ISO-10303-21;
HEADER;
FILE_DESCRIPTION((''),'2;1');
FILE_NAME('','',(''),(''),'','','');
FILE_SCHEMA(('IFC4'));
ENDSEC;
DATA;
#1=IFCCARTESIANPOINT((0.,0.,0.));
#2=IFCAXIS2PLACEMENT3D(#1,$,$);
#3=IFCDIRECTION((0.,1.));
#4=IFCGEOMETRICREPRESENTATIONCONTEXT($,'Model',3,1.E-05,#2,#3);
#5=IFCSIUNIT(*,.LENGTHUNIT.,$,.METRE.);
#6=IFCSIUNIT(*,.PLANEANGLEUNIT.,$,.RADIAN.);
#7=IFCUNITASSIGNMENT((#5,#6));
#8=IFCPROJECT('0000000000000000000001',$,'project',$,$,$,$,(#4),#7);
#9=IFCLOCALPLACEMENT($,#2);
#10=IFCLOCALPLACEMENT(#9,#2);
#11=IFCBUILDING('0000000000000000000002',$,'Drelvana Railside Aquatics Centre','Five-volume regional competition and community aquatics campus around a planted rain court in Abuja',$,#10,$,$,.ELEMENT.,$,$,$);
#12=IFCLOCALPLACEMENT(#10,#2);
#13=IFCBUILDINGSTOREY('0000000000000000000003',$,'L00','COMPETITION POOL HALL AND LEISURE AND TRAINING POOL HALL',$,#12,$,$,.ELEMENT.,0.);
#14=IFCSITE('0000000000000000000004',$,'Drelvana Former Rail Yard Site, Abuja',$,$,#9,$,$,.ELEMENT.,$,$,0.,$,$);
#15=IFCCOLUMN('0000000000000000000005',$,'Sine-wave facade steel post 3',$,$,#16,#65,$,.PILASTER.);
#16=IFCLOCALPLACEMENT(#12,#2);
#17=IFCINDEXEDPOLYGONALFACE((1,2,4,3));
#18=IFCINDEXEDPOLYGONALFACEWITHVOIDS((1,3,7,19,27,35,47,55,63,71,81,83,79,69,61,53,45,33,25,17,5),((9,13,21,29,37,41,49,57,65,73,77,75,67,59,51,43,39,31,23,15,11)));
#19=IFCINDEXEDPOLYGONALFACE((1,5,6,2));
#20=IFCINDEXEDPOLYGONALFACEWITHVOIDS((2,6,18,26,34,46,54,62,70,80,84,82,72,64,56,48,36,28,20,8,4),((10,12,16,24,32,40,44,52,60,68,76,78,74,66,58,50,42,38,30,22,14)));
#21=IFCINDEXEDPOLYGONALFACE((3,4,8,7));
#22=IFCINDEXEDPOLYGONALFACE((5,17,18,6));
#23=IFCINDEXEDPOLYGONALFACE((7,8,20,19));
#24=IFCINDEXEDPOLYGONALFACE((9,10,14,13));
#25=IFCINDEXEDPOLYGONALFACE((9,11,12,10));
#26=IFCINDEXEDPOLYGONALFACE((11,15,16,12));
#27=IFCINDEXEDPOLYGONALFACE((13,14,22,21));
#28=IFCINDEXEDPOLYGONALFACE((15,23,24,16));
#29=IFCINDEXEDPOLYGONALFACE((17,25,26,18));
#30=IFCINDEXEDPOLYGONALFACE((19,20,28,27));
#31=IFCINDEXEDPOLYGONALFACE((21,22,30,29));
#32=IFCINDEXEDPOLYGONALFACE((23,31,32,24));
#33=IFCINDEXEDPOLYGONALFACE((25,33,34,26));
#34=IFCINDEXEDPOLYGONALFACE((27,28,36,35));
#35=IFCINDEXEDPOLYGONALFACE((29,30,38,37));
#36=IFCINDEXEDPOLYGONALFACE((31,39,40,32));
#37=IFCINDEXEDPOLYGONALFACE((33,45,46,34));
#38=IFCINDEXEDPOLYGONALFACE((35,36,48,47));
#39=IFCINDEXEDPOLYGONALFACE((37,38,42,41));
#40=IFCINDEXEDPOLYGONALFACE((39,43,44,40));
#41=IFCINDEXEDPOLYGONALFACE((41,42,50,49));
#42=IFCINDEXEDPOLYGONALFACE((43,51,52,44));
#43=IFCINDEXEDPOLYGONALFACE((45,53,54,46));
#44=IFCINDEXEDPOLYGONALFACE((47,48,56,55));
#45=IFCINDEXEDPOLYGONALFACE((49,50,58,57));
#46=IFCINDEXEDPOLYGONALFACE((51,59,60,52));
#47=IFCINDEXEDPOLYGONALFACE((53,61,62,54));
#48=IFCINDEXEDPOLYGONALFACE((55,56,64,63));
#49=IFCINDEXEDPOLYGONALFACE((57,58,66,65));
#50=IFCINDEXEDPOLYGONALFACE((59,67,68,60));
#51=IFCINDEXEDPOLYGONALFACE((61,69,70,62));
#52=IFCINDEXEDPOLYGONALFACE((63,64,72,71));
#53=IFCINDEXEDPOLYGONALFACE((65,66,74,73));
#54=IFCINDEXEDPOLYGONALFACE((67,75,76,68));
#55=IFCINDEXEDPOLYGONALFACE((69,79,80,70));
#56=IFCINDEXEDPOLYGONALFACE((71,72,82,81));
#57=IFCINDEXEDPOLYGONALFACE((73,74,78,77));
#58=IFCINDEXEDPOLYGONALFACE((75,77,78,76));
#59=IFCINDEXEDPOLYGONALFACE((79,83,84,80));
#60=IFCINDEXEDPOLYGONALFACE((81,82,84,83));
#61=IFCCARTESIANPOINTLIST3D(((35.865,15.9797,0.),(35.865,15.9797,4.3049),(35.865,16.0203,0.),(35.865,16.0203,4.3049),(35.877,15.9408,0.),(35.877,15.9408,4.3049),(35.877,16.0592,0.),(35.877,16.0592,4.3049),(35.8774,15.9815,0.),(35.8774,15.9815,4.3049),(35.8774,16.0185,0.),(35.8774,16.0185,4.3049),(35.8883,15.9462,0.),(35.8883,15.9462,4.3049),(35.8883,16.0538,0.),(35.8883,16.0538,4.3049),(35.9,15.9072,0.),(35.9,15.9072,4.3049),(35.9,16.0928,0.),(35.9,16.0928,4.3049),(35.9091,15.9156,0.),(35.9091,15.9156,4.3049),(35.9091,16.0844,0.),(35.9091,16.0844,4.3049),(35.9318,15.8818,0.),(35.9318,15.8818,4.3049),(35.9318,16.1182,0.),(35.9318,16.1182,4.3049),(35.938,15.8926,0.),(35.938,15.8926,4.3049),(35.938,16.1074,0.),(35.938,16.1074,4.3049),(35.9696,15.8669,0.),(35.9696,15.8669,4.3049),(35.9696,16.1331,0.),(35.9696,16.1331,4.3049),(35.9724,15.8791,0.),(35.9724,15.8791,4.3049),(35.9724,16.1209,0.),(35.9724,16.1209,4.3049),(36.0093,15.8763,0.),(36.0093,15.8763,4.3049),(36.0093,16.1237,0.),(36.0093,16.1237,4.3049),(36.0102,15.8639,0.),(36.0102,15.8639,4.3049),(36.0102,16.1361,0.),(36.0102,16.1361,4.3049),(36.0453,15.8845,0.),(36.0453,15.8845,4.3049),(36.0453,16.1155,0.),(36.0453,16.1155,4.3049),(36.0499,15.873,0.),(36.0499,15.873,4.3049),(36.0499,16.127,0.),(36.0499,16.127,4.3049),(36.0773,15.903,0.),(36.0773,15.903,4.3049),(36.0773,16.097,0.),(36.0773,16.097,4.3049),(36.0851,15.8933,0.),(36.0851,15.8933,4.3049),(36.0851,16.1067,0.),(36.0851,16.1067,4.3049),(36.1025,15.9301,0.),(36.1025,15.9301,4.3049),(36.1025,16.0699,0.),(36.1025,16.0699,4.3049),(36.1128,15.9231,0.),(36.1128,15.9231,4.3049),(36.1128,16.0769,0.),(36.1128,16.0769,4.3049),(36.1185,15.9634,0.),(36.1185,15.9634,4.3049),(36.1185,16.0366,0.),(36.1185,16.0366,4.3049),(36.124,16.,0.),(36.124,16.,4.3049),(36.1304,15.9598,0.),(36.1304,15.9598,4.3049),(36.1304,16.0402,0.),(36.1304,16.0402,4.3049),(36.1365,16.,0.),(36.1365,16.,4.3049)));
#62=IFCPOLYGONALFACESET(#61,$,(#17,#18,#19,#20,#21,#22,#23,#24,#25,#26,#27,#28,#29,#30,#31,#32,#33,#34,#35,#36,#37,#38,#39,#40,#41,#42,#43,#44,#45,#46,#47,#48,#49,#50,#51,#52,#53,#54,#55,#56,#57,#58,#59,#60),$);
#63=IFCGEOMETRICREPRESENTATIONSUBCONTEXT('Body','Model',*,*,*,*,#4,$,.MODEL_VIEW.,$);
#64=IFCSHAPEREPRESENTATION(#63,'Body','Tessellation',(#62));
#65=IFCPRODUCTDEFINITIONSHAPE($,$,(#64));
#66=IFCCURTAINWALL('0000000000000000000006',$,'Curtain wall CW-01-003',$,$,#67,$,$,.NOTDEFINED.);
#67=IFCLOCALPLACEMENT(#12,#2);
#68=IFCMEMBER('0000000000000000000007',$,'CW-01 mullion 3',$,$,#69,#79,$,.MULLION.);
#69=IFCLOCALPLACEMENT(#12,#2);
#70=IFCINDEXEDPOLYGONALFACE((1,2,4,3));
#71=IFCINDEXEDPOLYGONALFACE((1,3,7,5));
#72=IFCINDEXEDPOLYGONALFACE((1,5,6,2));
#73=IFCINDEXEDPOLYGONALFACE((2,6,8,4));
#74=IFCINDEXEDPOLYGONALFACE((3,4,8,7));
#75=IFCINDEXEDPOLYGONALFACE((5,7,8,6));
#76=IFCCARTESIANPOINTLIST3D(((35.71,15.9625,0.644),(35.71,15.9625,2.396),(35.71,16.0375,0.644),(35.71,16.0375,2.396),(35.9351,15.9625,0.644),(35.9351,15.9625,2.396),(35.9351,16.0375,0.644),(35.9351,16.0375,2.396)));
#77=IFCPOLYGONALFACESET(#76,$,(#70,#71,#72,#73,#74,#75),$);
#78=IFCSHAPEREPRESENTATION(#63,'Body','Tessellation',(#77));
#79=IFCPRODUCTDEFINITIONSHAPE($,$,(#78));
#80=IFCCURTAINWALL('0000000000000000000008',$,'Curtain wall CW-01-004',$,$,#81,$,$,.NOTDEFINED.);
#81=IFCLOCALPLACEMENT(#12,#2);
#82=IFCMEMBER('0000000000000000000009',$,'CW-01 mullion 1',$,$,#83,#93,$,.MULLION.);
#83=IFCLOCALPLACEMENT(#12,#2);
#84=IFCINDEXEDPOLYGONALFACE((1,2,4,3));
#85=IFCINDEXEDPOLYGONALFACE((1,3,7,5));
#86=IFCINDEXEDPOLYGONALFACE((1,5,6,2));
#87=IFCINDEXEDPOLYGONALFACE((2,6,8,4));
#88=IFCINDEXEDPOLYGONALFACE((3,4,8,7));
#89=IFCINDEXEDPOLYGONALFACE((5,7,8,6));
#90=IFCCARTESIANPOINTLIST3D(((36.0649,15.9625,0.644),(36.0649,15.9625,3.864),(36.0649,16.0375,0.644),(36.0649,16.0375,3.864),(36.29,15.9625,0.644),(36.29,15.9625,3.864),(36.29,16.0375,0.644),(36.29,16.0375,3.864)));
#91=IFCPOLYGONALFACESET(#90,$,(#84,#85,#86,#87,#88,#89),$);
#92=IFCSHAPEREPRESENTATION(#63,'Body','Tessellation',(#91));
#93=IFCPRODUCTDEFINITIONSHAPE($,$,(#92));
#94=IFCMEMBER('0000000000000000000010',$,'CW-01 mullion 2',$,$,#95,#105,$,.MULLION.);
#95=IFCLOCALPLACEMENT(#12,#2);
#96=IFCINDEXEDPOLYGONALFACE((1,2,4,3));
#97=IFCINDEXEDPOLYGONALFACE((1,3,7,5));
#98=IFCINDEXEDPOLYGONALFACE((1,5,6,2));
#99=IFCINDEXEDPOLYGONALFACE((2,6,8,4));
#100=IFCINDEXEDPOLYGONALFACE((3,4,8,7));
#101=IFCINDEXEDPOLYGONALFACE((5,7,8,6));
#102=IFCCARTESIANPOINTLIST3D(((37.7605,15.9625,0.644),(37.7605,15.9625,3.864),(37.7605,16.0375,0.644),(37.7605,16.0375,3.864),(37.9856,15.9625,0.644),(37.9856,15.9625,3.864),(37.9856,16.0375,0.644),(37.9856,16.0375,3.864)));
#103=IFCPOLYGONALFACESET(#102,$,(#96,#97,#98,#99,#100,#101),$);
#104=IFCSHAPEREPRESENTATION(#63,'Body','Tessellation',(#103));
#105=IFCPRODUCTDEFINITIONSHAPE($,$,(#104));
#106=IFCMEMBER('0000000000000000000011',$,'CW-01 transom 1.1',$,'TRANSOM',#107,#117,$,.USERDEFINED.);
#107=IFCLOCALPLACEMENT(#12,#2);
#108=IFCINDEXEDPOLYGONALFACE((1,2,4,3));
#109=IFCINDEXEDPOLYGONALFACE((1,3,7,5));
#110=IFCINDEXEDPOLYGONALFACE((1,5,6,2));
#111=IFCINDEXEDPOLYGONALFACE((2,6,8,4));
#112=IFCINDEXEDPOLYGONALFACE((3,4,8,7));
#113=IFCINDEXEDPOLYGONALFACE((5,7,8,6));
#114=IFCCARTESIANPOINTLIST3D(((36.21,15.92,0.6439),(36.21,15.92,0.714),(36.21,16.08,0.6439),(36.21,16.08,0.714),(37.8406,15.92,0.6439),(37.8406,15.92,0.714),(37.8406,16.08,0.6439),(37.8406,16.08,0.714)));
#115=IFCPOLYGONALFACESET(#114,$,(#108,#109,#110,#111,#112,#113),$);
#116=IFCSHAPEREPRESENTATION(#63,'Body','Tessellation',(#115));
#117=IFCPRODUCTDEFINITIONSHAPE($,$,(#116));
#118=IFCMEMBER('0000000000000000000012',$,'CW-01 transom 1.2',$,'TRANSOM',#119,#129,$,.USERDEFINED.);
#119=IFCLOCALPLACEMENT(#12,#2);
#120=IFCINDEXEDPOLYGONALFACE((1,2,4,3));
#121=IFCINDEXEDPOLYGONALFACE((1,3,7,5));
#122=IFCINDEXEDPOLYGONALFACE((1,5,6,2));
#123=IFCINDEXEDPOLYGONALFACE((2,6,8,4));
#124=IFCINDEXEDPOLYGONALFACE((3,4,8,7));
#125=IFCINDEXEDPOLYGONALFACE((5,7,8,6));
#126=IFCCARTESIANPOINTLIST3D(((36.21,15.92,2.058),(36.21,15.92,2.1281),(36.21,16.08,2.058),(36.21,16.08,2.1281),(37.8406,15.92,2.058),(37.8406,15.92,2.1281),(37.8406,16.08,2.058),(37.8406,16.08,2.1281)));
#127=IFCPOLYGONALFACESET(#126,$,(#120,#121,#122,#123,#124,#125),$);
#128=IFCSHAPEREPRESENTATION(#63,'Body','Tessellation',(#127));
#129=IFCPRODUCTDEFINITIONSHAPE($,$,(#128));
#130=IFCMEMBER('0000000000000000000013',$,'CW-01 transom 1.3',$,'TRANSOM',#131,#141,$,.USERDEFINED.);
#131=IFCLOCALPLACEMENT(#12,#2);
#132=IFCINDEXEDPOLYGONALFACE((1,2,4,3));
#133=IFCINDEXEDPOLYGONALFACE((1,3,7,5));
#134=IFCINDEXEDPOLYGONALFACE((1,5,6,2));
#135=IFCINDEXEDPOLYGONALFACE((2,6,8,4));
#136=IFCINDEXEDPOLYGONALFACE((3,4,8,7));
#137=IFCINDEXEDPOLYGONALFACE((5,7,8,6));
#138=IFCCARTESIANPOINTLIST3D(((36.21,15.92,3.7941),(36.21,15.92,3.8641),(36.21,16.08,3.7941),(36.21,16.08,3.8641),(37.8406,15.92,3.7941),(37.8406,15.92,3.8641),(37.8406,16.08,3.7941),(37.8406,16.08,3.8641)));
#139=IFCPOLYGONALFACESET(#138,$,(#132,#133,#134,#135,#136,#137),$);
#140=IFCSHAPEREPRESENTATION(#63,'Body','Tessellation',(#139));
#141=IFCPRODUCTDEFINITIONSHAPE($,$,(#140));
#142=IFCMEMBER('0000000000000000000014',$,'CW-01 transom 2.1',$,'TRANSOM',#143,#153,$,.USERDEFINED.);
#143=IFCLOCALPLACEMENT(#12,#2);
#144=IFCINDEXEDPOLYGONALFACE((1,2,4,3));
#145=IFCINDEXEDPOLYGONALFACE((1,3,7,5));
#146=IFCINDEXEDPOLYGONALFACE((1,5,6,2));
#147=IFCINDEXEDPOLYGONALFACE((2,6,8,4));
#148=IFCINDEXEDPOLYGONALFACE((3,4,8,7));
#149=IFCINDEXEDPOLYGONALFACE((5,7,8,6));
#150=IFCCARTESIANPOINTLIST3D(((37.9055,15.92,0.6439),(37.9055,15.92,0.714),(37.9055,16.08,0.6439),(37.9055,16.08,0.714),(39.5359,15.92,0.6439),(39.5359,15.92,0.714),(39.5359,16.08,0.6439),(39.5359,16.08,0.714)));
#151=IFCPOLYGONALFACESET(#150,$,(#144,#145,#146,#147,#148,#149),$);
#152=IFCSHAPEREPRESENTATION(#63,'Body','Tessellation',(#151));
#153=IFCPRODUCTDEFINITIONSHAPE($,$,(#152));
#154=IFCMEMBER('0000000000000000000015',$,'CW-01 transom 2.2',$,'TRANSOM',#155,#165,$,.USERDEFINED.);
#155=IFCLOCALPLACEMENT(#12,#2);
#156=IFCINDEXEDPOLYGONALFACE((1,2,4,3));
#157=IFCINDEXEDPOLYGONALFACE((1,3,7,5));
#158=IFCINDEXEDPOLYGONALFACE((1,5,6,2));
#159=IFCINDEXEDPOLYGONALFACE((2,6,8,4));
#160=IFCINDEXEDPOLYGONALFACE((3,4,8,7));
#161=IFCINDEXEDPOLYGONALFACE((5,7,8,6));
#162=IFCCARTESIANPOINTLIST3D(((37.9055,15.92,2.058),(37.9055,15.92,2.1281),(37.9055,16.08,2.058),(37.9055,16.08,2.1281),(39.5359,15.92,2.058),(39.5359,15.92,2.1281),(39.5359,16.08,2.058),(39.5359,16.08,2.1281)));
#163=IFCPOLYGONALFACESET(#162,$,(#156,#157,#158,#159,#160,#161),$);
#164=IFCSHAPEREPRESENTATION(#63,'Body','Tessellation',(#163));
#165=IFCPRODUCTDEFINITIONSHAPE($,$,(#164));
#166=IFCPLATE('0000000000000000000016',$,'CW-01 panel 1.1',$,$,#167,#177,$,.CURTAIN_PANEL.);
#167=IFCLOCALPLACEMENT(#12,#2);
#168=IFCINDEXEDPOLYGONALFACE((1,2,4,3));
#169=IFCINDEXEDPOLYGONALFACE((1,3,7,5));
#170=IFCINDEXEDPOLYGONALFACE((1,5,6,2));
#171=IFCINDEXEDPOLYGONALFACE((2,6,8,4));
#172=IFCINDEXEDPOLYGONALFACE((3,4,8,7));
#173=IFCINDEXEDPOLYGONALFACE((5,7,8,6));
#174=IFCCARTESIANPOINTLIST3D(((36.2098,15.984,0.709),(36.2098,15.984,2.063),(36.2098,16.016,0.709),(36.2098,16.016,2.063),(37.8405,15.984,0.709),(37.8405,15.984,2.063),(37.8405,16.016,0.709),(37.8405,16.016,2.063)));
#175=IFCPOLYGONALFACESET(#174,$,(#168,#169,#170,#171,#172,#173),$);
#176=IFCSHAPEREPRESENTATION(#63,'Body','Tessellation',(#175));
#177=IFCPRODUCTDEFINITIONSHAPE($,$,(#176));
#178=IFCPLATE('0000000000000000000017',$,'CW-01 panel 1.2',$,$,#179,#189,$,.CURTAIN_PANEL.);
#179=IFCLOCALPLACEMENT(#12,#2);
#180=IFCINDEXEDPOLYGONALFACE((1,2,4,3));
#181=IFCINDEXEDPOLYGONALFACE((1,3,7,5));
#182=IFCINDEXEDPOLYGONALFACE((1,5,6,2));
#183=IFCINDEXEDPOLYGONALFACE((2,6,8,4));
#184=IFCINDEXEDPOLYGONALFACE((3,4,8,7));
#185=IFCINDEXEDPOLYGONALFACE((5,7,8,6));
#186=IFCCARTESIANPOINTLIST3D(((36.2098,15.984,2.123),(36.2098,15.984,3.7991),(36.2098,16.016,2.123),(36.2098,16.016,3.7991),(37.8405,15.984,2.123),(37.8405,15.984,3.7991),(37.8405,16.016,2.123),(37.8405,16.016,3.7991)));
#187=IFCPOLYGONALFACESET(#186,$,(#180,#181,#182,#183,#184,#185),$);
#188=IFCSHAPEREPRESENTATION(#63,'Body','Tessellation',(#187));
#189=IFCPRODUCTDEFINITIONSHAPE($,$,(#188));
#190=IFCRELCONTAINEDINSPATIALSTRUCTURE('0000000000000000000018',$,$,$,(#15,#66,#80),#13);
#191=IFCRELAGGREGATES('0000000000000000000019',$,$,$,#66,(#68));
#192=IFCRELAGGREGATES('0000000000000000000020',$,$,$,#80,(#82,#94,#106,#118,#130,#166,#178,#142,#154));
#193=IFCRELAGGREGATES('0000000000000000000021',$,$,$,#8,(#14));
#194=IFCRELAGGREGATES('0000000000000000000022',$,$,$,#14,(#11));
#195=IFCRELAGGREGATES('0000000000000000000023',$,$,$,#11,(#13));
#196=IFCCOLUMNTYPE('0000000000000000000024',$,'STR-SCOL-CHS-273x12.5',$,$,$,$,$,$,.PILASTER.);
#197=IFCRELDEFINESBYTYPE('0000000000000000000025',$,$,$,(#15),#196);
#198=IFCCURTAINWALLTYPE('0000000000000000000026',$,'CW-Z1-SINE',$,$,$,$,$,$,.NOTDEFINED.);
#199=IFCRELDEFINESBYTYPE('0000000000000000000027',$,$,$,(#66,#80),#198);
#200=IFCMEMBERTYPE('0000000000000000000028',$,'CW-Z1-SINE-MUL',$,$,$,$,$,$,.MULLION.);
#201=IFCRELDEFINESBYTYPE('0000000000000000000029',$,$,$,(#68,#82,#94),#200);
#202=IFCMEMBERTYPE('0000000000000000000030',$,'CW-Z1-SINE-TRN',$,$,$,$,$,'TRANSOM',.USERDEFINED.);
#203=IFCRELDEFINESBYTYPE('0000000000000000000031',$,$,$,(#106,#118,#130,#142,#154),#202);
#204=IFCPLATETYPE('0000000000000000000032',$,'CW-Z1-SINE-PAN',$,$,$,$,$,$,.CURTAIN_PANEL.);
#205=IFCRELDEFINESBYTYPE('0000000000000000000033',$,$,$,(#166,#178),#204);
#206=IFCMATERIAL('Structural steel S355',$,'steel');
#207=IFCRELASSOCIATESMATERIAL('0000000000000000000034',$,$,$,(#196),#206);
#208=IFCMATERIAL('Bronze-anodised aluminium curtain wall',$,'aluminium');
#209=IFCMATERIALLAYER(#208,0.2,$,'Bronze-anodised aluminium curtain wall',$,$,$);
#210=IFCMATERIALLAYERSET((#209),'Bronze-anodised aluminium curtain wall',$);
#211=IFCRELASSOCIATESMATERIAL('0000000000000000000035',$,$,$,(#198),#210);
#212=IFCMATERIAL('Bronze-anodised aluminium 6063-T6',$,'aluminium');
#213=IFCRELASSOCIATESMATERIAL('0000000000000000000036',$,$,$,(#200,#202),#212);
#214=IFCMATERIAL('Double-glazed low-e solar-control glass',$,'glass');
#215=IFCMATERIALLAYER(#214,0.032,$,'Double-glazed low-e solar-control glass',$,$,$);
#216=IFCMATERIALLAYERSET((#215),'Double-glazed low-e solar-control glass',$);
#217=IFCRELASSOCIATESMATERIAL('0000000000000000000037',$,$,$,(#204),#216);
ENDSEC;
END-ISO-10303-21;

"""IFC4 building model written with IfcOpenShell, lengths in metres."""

from ifc_helpers import new_model, si_unit, direction, frame, origin, origin_2d, place, context, subcontext, project, spatial, rectangle, hollow_circle, extrude, material, layer, layer_set, material_profile, profile_set, type_object, element, aggregate, save


model = new_model("IFC4")

# Units and contexts
model_context = context("Model", 3, precision=1e-05, world=origin(), true_north=direction((0.0, 1.0)))
body_context = subcontext(model_context, "Body", "Model", "MODEL_VIEW")
ifc_project = project(units=[si_unit("LENGTHUNIT", "METRE"), si_unit("PLANEANGLEUNIT", "RADIAN")], contexts=[model_context])

# Site, building, storey
site_placement = place(None, origin())
site = spatial("IfcSite", under=ifc_project, at=site_placement, Name="Drelvana Former Rail Yard Site, Abuja", CompositionType="ELEMENT", RefElevation=0.0)
building_placement = place(site_placement, origin())
building = spatial("IfcBuilding", under=site, at=building_placement, Name="Drelvana Railside Aquatics Centre", Description="Five-volume regional competition and community aquatics campus around a planted rain court in Abuja", CompositionType="ELEMENT")
storey_placement = place(building_placement, origin())
storey = spatial("IfcBuildingStorey", under=building, at=storey_placement, Name="L00", Description="COMPETITION POOL HALL AND LEISURE AND TRAINING POOL HALL", CompositionType="ELEMENT", Elevation=0.0)

# Column
ifc_material_1 = material(Name="Structural steel S355", Category="steel")
ifc_material_profile_1 = material_profile(ifc_material_1, hollow_circle(Radius=0.1365, WallThickness=0.0125, at=origin_2d()), Name="CHS 273x12.5")
ifc_profile_set_1 = profile_set([ifc_material_profile_1], Name="Structural steel S355")
column_type = type_object("IfcColumnType", Name="STR-SCOL-CHS-273x12.5", PredefinedType="PILASTER", material=ifc_profile_set_1)
column_placement = place(storey_placement, frame((36.0, 16.0, 0.0), z_axis=(0.0, 0.0, 1.0), x_axis=(1.0, 0.0, 0.0)))
element("IfcColumn", 1, at=column_placement, inside=storey, type_object=column_type, Name="Sine-wave facade steel post 3", PredefinedType="PILASTER", context=body_context, shape_type="SweptSolid", body=[
    extrude(hollow_circle(Radius=0.1365, WallThickness=0.0125, at=origin_2d()), origin(), (0.0, 0.0, 1.0), 4.3049),
])

# Curtain wall, member
ifc_material_2 = material(Name="Bronze-anodised aluminium curtain wall", Category="aluminium")
ifc_layer_1 = layer(ifc_material_2, 0.2, Name="Bronze-anodised aluminium curtain wall")
ifc_layer_set_1 = layer_set([ifc_layer_1], Name="Bronze-anodised aluminium curtain wall")
curtain_wall_type = type_object("IfcCurtainWallType", Name="CW-Z1-SINE", PredefinedType="NOTDEFINED", material=ifc_layer_set_1)
curtain_wall_1_placement = place(storey_placement, origin())
curtain_wall_1 = element("IfcCurtainWall", 2, at=curtain_wall_1_placement, inside=storey, type_object=curtain_wall_type, Name="Curtain wall CW-01-003", PredefinedType="NOTDEFINED")
ifc_material_3 = material(Name="Bronze-anodised aluminium 6063-T6", Category="aluminium")
ifc_material_profile_2 = material_profile(ifc_material_3, rectangle(XDim=0.075, YDim=0.2251, at=origin_2d()), Name="ALU-M 75x225")
ifc_profile_set_2 = profile_set([ifc_material_profile_2], Name="Bronze-anodised aluminium 6063-T6")
member_type_1 = type_object("IfcMemberType", Name="CW-Z1-SINE-MUL", PredefinedType="MULLION", material=ifc_profile_set_2)
member_1_placement = place(storey_placement, frame((35.8225, 16.0, 0.644), z_axis=(0.0, 0.0, 1.0), x_axis=(0.0, 1.0, 0.0)))
member_1 = element("IfcMember", 3, at=member_1_placement, type_object=member_type_1, Name="CW-01 mullion 3", PredefinedType="MULLION", context=body_context, shape_type="SweptSolid", body=[
    extrude(rectangle(XDim=0.075, YDim=0.2251, at=origin_2d()), origin(), (0.0, 0.0, 1.0), 1.752),
])
aggregate(curtain_wall_1, [member_1])

# Curtain wall, members, plates
curtain_wall_2_placement = place(storey_placement, origin())
curtain_wall_2 = element("IfcCurtainWall", 4, at=curtain_wall_2_placement, inside=storey, type_object=curtain_wall_type, Name="Curtain wall CW-01-004", PredefinedType="NOTDEFINED")
member_2_placement = place(storey_placement, frame((36.1775, 16.0, 0.644), z_axis=(0.0, 0.0, 1.0), x_axis=(0.0, 1.0, 0.0)))
member_2 = element("IfcMember", 5, at=member_2_placement, type_object=member_type_1, Name="CW-01 mullion 1", PredefinedType="MULLION", context=body_context, shape_type="SweptSolid", body=[
    extrude(rectangle(XDim=0.075, YDim=0.2251, at=origin_2d()), origin(), (0.0, 0.0, 1.0), 3.22),
])
member_3_placement = place(storey_placement, frame((37.873, 16.0, 0.644), z_axis=(0.0, 0.0, 1.0), x_axis=(0.0, 1.0, 0.0)))
member_3 = element("IfcMember", 6, at=member_3_placement, type_object=member_type_1, Name="CW-01 mullion 2", PredefinedType="MULLION", context=body_context, shape_type="SweptSolid", body=[
    extrude(rectangle(XDim=0.075, YDim=0.2251, at=origin_2d()), origin(), (0.0, 0.0, 1.0), 3.22),
])
ifc_material_profile_3 = material_profile(ifc_material_3, rectangle(XDim=0.1599, YDim=0.0701, at=origin_2d()), Name="ALU-T 70x160")
ifc_profile_set_3 = profile_set([ifc_material_profile_3], Name="Bronze-anodised aluminium 6063-T6")
member_type_2 = type_object("IfcMemberType", Name="CW-Z1-SINE-TRN", ElementType="TRANSOM", PredefinedType="USERDEFINED", material=ifc_profile_set_3)
member_4_placement = place(storey_placement, frame((36.21, 16.0, 0.679), z_axis=(1.0, 0.0, 0.0), x_axis=(0.0, 1.0, 0.0)))
member_4 = element("IfcMember", 7, at=member_4_placement, type_object=member_type_2, Name="CW-01 transom 1.1", ObjectType="TRANSOM", PredefinedType="USERDEFINED", context=body_context, shape_type="SweptSolid", body=[
    extrude(rectangle(XDim=0.1599, YDim=0.0701, at=origin_2d()), origin(), (0.0, 0.0, 1.0), 1.6306),
])
member_5_placement = place(storey_placement, frame((36.21, 16.0, 2.093), z_axis=(1.0, 0.0, 0.0), x_axis=(0.0, 1.0, 0.0)))
member_5 = element("IfcMember", 8, at=member_5_placement, type_object=member_type_2, Name="CW-01 transom 1.2", ObjectType="TRANSOM", PredefinedType="USERDEFINED", context=body_context, shape_type="SweptSolid", body=[
    extrude(rectangle(XDim=0.1599, YDim=0.0701, at=origin_2d()), origin(), (0.0, 0.0, 1.0), 1.6306),
])
member_6_placement = place(storey_placement, frame((36.21, 16.0, 3.8291), z_axis=(1.0, 0.0, 0.0), x_axis=(0.0, 1.0, 0.0)))
member_6 = element("IfcMember", 9, at=member_6_placement, type_object=member_type_2, Name="CW-01 transom 1.3", ObjectType="TRANSOM", PredefinedType="USERDEFINED", context=body_context, shape_type="SweptSolid", body=[
    extrude(rectangle(XDim=0.1599, YDim=0.0701, at=origin_2d()), origin(), (0.0, 0.0, 1.0), 1.6306),
])
member_7_placement = place(storey_placement, frame((37.9055, 16.0, 0.679), z_axis=(1.0, 0.0, 0.0), x_axis=(0.0, 1.0, 0.0)))
member_7 = element("IfcMember", 10, at=member_7_placement, type_object=member_type_2, Name="CW-01 transom 2.1", ObjectType="TRANSOM", PredefinedType="USERDEFINED", context=body_context, shape_type="SweptSolid", body=[
    extrude(rectangle(XDim=0.1599, YDim=0.0701, at=origin_2d()), origin(), (0.0, 0.0, 1.0), 1.6304),
])
member_8_placement = place(storey_placement, frame((37.9055, 16.0, 2.093), z_axis=(1.0, 0.0, 0.0), x_axis=(0.0, 1.0, 0.0)))
member_8 = element("IfcMember", 11, at=member_8_placement, type_object=member_type_2, Name="CW-01 transom 2.2", ObjectType="TRANSOM", PredefinedType="USERDEFINED", context=body_context, shape_type="SweptSolid", body=[
    extrude(rectangle(XDim=0.1599, YDim=0.0701, at=origin_2d()), origin(), (0.0, 0.0, 1.0), 1.6304),
])
ifc_material_4 = material(Name="Double-glazed low-e solar-control glass", Category="glass")
ifc_layer_2 = layer(ifc_material_4, 0.032, Name="Double-glazed low-e solar-control glass")
ifc_layer_set_2 = layer_set([ifc_layer_2], Name="Double-glazed low-e solar-control glass")
plate_type = type_object("IfcPlateType", Name="CW-Z1-SINE-PAN", PredefinedType="CURTAIN_PANEL", material=ifc_layer_set_2)
plate_1_placement = place(storey_placement, frame((37.0251, 16.0, 0.709), z_axis=(0.0, 0.0, 1.0), x_axis=(1.0, 0.0, 0.0)))
plate_1 = element("IfcPlate", 12, at=plate_1_placement, type_object=plate_type, Name="CW-01 panel 1.1", PredefinedType="CURTAIN_PANEL", context=body_context, shape_type="SweptSolid", body=[
    extrude(rectangle(XDim=1.6306, YDim=0.032, at=origin_2d()), origin(), (0.0, 0.0, 1.0), 1.354),
])
plate_2_placement = place(storey_placement, frame((37.0251, 16.0, 2.123), z_axis=(0.0, 0.0, 1.0), x_axis=(1.0, 0.0, 0.0)))
plate_2 = element("IfcPlate", 13, at=plate_2_placement, type_object=plate_type, Name="CW-01 panel 1.2", PredefinedType="CURTAIN_PANEL", context=body_context, shape_type="SweptSolid", body=[
    extrude(rectangle(XDim=1.6306, YDim=0.032, at=origin_2d()), origin(), (0.0, 0.0, 1.0), 1.676),
])
aggregate(curtain_wall_2, [member_2, member_3, member_4, member_5, member_6, plate_1, plate_2, member_7, member_8])

save(model, "model.ifc")
